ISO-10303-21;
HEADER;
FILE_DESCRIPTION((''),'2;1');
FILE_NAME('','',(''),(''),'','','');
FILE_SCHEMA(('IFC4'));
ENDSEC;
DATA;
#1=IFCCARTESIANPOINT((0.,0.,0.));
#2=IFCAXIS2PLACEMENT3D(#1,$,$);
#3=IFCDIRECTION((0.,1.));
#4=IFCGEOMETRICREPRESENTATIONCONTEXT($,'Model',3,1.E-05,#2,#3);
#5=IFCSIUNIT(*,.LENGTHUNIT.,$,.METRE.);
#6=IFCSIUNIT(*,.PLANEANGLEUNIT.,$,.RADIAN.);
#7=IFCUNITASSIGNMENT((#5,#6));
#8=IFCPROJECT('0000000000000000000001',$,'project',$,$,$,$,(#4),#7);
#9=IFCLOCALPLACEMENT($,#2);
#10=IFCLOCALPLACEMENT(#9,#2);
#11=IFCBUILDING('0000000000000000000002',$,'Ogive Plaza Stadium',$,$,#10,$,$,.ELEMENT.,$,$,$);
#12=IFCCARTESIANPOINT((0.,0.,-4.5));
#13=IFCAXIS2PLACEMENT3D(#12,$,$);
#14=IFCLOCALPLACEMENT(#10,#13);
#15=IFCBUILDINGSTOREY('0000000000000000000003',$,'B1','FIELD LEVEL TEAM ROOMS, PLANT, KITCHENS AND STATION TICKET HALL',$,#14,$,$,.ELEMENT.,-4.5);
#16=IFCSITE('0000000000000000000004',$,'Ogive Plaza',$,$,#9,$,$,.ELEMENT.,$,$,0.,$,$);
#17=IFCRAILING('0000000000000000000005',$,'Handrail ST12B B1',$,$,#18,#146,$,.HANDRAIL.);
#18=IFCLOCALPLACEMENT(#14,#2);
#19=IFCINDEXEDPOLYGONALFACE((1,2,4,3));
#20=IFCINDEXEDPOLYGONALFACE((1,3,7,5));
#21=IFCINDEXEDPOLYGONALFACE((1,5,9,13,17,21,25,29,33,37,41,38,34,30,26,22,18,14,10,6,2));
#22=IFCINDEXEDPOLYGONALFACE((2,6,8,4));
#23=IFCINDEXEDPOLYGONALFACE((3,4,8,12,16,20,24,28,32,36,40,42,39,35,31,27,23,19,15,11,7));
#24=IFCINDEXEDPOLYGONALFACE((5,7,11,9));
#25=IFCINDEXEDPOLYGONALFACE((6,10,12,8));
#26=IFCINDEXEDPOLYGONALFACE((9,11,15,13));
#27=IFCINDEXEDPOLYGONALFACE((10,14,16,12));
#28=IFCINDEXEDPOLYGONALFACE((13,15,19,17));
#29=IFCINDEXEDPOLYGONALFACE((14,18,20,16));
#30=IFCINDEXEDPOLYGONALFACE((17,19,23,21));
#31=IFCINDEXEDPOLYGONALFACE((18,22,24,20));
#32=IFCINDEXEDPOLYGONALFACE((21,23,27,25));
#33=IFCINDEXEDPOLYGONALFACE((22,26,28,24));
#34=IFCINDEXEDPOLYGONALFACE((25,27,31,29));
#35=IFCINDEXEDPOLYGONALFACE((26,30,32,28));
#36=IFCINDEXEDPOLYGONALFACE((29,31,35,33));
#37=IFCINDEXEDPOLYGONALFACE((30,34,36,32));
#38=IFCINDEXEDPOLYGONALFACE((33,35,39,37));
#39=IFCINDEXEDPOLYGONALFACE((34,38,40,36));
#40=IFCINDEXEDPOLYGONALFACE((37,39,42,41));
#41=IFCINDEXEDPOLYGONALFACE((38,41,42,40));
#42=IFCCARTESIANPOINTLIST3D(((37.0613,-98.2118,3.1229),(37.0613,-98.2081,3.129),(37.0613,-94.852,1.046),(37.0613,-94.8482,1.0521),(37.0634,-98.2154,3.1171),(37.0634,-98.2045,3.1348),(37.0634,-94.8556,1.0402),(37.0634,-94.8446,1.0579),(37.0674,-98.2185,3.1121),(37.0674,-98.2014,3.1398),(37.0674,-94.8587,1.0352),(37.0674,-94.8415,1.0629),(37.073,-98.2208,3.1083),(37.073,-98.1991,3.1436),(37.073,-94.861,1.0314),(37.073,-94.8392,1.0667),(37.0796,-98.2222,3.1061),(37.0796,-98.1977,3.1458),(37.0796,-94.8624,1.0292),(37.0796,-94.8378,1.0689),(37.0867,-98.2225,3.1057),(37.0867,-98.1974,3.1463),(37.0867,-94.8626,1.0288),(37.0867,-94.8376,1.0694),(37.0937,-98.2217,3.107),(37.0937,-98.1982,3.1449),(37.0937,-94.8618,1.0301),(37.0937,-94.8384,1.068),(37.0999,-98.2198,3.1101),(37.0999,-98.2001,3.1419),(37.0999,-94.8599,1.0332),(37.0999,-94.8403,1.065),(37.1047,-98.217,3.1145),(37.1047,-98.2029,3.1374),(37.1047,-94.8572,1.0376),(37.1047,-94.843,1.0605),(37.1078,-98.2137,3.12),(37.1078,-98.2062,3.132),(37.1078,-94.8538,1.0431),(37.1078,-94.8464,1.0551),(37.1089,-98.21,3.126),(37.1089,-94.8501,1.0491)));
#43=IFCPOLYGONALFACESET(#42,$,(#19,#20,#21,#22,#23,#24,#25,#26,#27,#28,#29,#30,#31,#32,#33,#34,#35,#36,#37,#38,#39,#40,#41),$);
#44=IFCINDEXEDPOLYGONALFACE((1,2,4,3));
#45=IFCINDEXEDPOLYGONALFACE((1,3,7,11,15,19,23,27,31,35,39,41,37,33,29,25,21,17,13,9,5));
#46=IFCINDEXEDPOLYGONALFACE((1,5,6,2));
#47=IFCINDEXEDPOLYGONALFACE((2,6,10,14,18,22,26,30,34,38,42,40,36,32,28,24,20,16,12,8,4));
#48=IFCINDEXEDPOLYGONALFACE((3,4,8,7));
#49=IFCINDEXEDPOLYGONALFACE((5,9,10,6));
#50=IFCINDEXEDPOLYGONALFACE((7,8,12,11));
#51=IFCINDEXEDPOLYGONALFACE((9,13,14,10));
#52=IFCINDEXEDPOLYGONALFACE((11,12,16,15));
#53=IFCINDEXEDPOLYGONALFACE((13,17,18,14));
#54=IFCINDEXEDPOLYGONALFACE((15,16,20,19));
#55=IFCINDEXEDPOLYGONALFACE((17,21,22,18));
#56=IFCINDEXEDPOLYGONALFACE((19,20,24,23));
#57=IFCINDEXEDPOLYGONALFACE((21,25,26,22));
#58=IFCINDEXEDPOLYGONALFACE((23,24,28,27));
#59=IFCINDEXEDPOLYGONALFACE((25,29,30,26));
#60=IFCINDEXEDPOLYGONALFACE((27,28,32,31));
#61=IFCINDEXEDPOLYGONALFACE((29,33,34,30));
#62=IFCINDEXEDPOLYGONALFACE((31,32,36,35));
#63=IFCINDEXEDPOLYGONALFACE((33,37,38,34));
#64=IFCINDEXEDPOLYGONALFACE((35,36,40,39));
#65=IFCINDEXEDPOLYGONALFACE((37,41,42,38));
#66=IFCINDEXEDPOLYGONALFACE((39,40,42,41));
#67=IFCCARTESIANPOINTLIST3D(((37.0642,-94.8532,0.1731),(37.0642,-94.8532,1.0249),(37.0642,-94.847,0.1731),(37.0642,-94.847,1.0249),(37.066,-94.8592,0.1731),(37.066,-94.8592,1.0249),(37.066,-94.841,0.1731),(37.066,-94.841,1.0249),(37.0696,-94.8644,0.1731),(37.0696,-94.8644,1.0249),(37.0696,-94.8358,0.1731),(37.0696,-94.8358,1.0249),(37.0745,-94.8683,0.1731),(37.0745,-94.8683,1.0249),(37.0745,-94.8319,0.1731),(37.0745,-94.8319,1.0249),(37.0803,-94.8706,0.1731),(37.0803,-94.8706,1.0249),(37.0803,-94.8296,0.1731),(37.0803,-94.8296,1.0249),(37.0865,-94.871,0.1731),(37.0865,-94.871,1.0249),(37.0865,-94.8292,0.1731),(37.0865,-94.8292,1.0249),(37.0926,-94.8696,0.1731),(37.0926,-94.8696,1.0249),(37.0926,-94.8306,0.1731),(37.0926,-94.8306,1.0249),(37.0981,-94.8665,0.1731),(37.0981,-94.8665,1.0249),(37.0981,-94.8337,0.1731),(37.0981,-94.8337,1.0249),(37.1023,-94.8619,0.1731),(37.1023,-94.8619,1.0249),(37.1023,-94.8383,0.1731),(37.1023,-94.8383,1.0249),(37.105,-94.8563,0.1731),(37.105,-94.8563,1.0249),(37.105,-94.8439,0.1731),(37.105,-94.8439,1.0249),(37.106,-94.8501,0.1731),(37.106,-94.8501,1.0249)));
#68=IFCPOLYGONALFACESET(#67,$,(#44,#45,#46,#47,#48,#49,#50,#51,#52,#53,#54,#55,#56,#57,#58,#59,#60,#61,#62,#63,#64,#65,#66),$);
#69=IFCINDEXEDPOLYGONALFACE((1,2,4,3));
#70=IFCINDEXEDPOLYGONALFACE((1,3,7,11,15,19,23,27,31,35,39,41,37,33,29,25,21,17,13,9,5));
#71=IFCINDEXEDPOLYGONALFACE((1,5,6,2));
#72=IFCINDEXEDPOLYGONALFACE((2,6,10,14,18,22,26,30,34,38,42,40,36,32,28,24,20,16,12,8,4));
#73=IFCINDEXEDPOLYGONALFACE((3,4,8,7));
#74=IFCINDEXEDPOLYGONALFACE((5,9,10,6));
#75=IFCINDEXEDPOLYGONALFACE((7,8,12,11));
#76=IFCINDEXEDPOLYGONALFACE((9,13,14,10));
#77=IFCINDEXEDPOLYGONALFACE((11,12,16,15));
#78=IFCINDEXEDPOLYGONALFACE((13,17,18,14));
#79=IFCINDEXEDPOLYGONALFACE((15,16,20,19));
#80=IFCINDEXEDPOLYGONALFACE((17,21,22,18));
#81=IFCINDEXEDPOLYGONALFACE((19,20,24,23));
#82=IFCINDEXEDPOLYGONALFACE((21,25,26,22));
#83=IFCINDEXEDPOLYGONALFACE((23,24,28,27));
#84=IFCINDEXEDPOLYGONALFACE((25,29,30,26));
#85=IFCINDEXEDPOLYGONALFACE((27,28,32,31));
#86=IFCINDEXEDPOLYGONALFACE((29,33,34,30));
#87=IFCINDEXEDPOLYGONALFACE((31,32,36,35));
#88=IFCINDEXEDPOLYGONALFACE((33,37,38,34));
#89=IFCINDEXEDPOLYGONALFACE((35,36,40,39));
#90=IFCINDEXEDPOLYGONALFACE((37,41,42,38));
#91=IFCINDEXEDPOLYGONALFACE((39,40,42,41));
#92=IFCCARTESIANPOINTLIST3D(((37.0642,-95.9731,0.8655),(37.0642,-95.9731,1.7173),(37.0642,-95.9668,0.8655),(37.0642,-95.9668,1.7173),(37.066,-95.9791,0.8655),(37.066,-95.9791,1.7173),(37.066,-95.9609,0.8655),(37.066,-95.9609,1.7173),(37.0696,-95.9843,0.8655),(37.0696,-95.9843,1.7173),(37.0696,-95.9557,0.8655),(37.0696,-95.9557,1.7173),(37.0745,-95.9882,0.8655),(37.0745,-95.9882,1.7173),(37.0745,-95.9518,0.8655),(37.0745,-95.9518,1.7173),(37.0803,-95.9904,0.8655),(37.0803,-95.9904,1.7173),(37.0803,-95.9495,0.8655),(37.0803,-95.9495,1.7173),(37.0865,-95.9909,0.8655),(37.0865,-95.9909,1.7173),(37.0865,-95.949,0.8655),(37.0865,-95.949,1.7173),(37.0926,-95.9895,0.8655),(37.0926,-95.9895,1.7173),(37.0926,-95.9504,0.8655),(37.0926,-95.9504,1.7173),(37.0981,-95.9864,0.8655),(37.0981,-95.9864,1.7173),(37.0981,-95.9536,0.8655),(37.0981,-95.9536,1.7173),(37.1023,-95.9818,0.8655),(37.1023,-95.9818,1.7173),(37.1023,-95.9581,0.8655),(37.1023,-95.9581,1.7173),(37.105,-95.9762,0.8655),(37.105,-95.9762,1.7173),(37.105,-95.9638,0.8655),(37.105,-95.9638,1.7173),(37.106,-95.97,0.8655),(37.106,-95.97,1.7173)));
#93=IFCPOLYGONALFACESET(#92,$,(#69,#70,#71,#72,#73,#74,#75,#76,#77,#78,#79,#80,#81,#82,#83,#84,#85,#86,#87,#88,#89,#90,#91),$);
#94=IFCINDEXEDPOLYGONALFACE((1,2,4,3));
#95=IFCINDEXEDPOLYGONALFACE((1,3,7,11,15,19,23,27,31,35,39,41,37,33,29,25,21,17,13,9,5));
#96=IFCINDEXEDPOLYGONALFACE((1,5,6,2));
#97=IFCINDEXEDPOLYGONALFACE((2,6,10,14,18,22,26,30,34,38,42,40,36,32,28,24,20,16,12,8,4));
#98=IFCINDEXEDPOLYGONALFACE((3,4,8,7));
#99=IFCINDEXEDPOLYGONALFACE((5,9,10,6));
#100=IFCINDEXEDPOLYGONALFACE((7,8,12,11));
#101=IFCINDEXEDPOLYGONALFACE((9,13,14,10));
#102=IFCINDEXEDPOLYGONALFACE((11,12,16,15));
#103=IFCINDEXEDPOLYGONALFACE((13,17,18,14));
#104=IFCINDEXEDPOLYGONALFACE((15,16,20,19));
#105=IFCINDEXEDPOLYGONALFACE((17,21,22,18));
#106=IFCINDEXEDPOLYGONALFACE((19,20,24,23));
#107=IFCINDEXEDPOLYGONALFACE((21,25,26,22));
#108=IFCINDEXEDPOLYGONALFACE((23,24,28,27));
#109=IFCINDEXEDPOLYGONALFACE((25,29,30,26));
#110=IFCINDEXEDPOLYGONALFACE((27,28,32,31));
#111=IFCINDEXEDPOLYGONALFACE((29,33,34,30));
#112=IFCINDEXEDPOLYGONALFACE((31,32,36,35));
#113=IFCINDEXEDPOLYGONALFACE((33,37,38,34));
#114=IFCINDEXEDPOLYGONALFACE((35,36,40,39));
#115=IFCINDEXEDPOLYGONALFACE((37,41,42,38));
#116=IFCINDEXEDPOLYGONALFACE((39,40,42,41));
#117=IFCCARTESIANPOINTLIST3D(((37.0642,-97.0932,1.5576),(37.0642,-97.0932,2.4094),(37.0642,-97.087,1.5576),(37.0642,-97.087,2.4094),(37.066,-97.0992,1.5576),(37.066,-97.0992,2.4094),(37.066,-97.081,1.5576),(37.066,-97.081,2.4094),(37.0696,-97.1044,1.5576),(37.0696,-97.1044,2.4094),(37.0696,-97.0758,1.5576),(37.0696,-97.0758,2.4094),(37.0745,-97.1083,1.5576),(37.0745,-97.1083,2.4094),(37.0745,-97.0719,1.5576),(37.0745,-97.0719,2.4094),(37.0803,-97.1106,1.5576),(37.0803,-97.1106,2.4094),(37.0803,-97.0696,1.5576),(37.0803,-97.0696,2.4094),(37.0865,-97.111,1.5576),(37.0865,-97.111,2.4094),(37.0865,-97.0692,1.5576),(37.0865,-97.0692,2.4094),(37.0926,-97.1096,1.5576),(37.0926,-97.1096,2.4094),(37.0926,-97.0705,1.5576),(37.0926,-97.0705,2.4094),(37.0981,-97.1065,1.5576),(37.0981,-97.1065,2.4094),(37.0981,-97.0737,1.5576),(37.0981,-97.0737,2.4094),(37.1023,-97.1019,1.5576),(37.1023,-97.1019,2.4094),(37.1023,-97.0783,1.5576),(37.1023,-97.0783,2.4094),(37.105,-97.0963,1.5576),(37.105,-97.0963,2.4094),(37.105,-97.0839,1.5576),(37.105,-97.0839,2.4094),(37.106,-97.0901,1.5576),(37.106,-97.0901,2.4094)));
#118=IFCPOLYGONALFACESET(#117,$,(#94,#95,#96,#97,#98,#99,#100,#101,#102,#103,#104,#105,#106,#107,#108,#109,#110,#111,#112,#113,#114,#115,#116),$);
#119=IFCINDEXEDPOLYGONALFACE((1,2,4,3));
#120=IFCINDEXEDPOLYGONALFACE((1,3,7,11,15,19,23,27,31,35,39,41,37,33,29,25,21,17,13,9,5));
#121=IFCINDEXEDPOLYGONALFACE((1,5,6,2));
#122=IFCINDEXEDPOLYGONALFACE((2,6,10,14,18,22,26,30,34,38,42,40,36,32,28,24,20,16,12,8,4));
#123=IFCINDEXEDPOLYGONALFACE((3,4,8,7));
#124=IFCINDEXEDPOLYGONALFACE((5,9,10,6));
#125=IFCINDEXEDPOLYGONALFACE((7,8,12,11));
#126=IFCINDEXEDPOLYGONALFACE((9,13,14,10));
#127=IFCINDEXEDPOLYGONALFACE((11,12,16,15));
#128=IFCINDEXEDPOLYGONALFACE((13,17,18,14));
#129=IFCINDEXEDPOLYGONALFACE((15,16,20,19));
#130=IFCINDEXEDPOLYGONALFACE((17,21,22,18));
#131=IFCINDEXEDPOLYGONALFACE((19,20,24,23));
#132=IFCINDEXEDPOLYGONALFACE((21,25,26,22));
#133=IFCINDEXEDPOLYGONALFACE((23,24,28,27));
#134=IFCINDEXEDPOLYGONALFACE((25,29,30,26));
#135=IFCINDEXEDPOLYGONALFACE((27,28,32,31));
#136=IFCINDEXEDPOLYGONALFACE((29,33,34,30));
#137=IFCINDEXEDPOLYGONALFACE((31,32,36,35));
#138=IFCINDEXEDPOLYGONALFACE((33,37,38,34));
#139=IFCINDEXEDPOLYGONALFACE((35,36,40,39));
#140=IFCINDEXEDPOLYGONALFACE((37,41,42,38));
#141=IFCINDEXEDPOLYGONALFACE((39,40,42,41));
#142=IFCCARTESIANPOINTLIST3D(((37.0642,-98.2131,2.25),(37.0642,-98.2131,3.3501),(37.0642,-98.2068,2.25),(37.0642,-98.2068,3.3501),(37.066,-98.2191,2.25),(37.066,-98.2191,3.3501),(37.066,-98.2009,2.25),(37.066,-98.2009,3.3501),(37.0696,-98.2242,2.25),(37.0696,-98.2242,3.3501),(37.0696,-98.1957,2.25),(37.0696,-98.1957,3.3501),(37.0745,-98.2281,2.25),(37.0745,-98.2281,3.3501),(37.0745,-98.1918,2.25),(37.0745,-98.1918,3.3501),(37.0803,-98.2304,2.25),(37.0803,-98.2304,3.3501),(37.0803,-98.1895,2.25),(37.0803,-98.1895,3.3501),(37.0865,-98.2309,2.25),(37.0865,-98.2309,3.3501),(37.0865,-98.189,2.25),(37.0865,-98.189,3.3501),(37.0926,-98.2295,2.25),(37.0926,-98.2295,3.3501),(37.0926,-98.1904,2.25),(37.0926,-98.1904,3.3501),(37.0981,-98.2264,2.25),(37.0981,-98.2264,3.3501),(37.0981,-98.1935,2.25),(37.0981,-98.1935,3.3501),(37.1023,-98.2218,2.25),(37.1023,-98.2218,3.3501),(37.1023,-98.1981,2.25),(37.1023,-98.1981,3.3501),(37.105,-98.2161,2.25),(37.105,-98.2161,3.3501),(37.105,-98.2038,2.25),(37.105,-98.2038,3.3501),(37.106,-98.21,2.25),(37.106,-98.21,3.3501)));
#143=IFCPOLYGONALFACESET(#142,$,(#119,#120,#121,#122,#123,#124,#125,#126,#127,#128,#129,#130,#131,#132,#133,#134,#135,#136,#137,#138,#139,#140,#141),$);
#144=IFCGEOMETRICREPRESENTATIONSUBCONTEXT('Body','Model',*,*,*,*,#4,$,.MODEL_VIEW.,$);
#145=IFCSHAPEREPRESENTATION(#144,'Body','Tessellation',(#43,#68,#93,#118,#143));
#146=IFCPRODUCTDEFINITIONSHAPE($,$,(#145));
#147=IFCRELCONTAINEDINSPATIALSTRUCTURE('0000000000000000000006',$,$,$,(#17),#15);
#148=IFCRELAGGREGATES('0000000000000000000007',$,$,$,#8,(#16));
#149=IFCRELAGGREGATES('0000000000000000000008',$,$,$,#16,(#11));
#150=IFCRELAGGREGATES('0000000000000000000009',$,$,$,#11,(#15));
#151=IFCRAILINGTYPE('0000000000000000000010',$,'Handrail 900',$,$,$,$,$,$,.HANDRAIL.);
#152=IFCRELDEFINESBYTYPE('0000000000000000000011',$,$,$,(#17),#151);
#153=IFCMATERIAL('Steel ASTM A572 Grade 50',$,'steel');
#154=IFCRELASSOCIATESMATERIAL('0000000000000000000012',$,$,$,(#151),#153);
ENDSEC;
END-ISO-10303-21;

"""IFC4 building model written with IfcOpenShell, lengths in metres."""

from ifc_helpers import new_model, si_unit, direction, frame, origin, origin_2d, place, context, subcontext, project, spatial, circle, extrude, material, type_object, element, save


model = new_model("IFC4")

# Units and contexts
model_context = context("Model", 3, precision=1e-05, world=origin(), true_north=direction((0.0, 1.0)))
body_context = subcontext(model_context, "Body", "Model", "MODEL_VIEW")
ifc_project = project(units=[si_unit("LENGTHUNIT", "METRE"), si_unit("PLANEANGLEUNIT", "RADIAN")], contexts=[model_context])

# Site, building, storey
site_placement = place(None, origin())
site = spatial("IfcSite", under=ifc_project, at=site_placement, Name="Ogive Plaza", CompositionType="ELEMENT", RefElevation=0.0)
building_placement = place(site_placement, origin())
building = spatial("IfcBuilding", under=site, at=building_placement, Name="Ogive Plaza Stadium", CompositionType="ELEMENT")
storey_placement = place(building_placement, frame((0.0, 0.0, -4.5)))
storey = spatial("IfcBuildingStorey", under=building, at=storey_placement, Name="B1", Description="FIELD LEVEL TEAM ROOMS, PLANT, KITCHENS AND STATION TICKET HALL", CompositionType="ELEMENT", Elevation=-4.5)

# Railing
ifc_material_1 = material(Name="Steel ASTM A572 Grade 50", Category="steel")
railing_type_1 = type_object("IfcRailingType", Name="Handrail 900", PredefinedType="HANDRAIL", material=ifc_material_1)
for number, where, name in (
    (1, (37.085, -94.8501, 0.1731), "Handrail ST12B B1"),
):
    element("IfcRailing", number, at=place(storey_placement, frame(where)), inside=storey, type_object=railing_type_1, Name=name, PredefinedType="HANDRAIL", context=body_context, shape_type="SweptSolid", body=[
        extrude(circle(Radius=0.0239, at=origin_2d()), frame((0.0, 0.0, 0.876), z_axis=(0.0, -0.850606, 0.525803), x_axis=(1.0, 0.0, 0.0)), (0.0, 0.0, 1.0), 3.95),
        extrude(circle(Radius=0.021, at=origin_2d()), origin(), (0.0, 0.0, 1.0), 0.8518),
        extrude(circle(Radius=0.021, at=origin_2d()), frame((0.0, -1.1199, 0.6924)), (0.0, 0.0, 1.0), 0.8518),
        extrude(circle(Radius=0.021, at=origin_2d()), frame((0.0, -2.24, 1.3845)), (0.0, 0.0, 1.0), 0.8518),
        extrude(circle(Radius=0.021, at=origin_2d()), frame((0.0, -3.3599, 2.0769)), (0.0, 0.0, 1.0), 1.1001),
    ])

save(model, "model.ifc")
